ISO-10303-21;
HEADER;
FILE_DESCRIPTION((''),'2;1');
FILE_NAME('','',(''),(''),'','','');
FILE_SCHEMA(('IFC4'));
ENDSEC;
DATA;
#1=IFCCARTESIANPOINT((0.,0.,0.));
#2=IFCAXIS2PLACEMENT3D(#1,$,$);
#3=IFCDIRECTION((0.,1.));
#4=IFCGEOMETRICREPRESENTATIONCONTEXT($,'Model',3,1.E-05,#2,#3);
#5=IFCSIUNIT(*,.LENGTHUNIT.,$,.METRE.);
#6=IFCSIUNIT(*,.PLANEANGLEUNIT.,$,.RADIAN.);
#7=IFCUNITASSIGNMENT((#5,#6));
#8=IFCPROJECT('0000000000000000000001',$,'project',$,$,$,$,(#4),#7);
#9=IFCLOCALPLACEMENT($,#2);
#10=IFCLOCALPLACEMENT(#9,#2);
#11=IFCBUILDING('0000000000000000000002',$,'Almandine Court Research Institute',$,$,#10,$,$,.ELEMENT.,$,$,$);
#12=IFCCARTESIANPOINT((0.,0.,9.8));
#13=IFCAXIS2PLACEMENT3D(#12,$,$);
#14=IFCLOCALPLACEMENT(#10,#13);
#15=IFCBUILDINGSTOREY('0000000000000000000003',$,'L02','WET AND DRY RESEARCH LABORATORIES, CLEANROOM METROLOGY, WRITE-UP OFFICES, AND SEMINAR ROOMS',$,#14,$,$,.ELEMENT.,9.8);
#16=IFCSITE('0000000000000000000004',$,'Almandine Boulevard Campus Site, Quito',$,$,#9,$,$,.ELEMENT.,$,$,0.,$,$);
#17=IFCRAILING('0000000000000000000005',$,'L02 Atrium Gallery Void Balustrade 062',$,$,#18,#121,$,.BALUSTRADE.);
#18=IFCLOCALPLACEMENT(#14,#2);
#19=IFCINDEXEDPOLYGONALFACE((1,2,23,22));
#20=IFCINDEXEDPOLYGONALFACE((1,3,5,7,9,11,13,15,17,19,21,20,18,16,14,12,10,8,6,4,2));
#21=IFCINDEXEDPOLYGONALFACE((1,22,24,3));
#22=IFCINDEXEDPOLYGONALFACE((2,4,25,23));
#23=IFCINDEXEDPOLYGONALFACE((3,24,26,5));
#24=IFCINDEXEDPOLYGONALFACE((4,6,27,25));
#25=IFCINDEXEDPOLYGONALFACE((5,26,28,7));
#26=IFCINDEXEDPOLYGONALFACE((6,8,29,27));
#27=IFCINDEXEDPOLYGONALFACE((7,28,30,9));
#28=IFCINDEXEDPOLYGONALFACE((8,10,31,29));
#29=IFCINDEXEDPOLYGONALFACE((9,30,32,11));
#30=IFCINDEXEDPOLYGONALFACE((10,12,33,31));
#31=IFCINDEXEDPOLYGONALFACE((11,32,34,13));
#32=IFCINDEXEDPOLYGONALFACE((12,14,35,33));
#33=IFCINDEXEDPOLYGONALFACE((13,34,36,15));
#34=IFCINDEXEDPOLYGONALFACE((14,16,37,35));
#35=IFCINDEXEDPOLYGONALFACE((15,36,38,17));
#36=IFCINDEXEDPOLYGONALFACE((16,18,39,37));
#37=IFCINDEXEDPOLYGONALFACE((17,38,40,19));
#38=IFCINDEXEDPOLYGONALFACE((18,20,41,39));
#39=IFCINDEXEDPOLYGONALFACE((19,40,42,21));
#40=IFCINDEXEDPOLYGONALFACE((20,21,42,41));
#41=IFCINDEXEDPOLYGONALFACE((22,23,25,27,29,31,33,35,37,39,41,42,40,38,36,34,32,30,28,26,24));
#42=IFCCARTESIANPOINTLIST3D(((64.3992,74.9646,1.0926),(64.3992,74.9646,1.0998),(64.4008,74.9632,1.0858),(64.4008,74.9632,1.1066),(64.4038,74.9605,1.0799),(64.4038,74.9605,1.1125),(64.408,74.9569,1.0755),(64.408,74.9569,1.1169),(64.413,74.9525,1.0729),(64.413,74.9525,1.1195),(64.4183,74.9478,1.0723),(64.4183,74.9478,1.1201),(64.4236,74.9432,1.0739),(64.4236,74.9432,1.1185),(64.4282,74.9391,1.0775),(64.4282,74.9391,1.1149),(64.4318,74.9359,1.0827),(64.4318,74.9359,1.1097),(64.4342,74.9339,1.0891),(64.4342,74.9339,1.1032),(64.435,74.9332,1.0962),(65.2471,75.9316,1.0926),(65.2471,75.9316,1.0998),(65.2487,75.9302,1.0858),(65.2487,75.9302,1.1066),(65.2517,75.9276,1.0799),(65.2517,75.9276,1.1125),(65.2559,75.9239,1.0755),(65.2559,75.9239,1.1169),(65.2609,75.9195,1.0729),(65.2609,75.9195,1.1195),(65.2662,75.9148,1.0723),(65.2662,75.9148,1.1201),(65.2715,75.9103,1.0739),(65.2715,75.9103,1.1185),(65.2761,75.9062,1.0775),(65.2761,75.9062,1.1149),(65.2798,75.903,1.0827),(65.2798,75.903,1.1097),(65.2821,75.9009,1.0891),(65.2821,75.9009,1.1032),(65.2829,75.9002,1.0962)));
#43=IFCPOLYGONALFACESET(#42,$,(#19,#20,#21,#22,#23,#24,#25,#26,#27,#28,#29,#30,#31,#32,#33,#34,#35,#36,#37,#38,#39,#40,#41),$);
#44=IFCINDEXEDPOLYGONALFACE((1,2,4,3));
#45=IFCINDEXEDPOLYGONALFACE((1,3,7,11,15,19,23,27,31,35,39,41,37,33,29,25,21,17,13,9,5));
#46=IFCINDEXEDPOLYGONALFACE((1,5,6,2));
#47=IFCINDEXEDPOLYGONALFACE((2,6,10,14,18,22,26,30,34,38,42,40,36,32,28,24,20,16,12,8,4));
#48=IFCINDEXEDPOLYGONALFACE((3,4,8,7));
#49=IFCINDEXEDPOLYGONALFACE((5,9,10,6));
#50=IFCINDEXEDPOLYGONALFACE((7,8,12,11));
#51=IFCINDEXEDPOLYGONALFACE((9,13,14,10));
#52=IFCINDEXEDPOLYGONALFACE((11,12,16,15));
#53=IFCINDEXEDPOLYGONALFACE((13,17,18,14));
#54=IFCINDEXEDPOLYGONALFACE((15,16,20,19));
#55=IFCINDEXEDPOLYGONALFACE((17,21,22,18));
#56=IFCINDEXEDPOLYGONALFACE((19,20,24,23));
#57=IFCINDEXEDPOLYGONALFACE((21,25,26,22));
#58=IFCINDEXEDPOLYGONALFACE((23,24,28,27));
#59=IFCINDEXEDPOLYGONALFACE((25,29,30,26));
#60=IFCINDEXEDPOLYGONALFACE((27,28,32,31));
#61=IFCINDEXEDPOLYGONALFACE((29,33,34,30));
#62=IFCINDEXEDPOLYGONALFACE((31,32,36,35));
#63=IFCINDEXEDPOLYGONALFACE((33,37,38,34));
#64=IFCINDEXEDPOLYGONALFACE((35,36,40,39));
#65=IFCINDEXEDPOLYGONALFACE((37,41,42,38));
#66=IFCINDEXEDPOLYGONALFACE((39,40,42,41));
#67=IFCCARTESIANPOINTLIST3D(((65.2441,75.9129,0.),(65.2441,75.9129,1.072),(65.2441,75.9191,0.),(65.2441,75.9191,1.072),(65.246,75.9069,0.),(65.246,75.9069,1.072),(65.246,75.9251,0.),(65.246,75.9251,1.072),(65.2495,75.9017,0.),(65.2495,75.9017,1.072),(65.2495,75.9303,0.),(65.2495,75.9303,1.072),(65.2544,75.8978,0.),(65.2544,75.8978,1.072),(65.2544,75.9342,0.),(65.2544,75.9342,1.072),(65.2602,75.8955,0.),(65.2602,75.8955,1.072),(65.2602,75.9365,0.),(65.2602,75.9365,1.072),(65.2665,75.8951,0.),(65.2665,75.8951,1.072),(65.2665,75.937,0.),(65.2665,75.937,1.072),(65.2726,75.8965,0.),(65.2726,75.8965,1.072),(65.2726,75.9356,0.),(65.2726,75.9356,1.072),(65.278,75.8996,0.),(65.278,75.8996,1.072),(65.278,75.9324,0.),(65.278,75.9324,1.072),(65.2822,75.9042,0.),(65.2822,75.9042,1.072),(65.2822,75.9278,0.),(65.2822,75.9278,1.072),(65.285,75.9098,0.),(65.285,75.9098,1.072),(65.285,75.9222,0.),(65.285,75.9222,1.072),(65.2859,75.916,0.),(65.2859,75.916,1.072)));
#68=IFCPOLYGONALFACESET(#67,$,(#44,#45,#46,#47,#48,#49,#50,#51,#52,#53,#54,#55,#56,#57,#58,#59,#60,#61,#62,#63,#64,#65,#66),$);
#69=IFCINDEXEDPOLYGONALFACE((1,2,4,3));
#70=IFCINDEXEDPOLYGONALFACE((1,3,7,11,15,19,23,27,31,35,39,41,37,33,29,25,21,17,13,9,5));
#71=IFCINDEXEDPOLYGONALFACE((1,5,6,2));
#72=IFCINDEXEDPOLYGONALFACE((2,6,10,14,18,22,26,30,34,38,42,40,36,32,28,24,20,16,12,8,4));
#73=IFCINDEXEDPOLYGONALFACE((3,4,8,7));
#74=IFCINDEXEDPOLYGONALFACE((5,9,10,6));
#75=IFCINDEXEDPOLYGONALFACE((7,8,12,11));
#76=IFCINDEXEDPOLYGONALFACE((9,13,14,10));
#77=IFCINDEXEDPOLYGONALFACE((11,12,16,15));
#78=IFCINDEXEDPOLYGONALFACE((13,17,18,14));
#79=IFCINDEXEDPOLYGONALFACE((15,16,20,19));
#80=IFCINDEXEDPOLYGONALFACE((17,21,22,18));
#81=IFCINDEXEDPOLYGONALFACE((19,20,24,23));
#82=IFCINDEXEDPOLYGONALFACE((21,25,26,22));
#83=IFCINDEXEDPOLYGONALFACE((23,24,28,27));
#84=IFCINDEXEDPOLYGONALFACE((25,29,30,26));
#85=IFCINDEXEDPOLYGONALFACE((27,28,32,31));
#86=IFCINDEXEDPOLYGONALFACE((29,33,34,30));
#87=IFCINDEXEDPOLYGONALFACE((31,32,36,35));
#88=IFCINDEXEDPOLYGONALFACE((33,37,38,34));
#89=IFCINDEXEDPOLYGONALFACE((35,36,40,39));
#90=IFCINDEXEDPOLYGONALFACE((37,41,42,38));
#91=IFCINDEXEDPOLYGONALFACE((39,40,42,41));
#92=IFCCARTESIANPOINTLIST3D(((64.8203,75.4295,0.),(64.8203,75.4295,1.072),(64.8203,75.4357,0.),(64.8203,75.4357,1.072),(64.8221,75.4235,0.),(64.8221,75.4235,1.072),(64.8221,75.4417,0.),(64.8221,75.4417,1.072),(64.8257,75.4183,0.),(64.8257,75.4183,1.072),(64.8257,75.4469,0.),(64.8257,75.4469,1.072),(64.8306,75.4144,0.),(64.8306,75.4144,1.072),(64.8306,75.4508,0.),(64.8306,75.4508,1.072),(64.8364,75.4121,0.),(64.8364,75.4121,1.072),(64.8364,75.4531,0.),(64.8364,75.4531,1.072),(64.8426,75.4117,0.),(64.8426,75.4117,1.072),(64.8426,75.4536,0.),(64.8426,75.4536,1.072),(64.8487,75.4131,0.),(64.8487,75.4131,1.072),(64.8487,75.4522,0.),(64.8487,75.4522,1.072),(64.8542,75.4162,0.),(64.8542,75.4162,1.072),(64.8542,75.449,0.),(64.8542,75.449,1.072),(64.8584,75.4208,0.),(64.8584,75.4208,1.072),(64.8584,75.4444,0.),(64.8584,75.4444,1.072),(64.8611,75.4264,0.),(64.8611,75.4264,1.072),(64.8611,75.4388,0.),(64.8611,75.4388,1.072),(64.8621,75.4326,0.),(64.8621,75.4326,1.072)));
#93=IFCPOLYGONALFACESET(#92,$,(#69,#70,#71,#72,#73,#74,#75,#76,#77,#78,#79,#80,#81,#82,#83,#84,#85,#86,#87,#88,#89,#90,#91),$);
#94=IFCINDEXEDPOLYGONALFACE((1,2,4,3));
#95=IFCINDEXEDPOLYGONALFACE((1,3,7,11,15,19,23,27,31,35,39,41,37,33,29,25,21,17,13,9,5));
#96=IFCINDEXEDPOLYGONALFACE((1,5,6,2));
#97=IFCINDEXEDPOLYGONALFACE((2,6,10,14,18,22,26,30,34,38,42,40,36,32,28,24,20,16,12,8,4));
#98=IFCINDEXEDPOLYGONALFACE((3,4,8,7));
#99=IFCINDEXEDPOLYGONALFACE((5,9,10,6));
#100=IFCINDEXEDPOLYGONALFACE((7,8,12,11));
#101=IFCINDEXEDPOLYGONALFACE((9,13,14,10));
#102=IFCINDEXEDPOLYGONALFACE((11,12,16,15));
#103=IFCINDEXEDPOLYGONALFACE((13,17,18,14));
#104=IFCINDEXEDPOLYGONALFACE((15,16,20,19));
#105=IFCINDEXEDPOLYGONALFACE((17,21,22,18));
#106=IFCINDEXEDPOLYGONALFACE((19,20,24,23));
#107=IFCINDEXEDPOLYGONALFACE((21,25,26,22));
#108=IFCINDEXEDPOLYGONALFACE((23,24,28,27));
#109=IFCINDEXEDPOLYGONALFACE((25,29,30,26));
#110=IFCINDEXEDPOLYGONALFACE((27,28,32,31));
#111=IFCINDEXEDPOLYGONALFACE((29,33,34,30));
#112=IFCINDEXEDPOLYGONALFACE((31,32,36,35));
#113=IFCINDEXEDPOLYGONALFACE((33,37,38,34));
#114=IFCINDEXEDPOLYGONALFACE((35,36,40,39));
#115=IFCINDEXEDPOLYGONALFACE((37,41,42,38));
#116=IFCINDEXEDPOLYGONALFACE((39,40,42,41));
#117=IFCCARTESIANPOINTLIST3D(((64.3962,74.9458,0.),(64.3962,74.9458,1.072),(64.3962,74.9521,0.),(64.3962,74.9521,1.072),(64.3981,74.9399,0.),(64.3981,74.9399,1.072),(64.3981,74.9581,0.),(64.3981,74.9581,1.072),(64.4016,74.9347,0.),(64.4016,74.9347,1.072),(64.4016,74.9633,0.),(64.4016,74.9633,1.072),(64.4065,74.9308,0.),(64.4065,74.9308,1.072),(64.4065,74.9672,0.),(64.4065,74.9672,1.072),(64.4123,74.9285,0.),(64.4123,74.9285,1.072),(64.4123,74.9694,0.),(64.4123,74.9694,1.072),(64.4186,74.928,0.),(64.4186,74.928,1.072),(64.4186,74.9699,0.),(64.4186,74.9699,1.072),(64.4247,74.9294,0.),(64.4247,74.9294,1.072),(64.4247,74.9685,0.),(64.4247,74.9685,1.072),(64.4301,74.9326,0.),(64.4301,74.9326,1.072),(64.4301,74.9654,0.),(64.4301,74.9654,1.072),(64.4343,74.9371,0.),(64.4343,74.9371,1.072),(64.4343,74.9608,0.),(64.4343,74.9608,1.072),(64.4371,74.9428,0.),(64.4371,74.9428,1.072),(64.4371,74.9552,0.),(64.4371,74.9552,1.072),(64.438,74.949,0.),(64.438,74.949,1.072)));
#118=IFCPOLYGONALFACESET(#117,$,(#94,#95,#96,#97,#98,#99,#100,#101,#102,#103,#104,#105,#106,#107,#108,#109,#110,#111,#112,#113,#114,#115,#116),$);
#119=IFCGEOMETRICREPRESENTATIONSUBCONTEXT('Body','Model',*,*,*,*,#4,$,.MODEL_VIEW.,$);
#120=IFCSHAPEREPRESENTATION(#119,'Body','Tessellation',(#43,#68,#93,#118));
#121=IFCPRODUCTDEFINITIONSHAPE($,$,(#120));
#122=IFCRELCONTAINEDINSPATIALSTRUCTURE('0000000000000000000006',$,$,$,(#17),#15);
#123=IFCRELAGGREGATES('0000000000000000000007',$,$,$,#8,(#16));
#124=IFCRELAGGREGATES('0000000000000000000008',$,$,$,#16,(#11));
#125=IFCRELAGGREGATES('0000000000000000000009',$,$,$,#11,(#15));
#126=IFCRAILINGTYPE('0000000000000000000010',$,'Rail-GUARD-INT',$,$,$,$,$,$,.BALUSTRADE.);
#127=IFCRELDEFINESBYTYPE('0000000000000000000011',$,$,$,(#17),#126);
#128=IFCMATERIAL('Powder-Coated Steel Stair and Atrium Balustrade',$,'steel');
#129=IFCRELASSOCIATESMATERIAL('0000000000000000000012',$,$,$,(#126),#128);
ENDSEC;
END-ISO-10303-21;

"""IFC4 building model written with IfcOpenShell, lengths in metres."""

from ifc_helpers import new_model, si_unit, direction, frame, origin, origin_2d, place, context, subcontext, project, spatial, circle, extrude, material, type_object, element, save


model = new_model("IFC4")

# Units and contexts
model_context = context("Model", 3, precision=1e-05, world=origin(), true_north=direction((0.0, 1.0)))
body_context = subcontext(model_context, "Body", "Model", "MODEL_VIEW")
ifc_project = project(units=[si_unit("LENGTHUNIT", "METRE"), si_unit("PLANEANGLEUNIT", "RADIAN")], contexts=[model_context])

# Site, building, storey
site_placement = place(None, origin())
site = spatial("IfcSite", under=ifc_project, at=site_placement, Name="Almandine Boulevard Campus Site, Quito", CompositionType="ELEMENT", RefElevation=0.0)
building_placement = place(site_placement, origin())
building = spatial("IfcBuilding", under=site, at=building_placement, Name="Almandine Court Research Institute", CompositionType="ELEMENT")
storey_placement = place(building_placement, frame((0.0, 0.0, 9.8)))
storey = spatial("IfcBuildingStorey", under=building, at=storey_placement, Name="L02", Description="WET AND DRY RESEARCH LABORATORIES, CLEANROOM METROLOGY, WRITE-UP OFFICES, AND SEMINAR ROOMS", CompositionType="ELEMENT", Elevation=9.8)

# Railing
ifc_material_1 = material(Name="Powder-Coated Steel Stair and Atrium Balustrade", Category="steel")
railing_type = type_object("IfcRailingType", Name="Rail-GUARD-INT", PredefinedType="BALUSTRADE", material=ifc_material_1)
railing_1_placement = place(storey_placement, frame((65.2649, 75.916, 0.0)))
element("IfcRailing", 1, at=railing_1_placement, inside=storey, type_object=railing_type, Name="L02 Atrium Gallery Void Balustrade 062", PredefinedType="BALUSTRADE", context=body_context, shape_type="SweptSolid", body=[
    extrude(circle(Radius=0.0239, at=origin_2d()), frame((0.0, 0.0, 1.0962), z_axis=(-0.65927, -0.751906, 0.0), x_axis=(0.751906, -0.65927, 0.0)), (0.0, 0.0, 1.0), 1.2861),
    extrude(circle(Radius=0.021, at=origin_2d()), origin(), (0.0, 0.0, 1.0), 1.072),
    extrude(circle(Radius=0.021, at=origin_2d()), frame((-0.4238, -0.4834, 0.0)), (0.0, 0.0, 1.0), 1.072),
    extrude(circle(Radius=0.021, at=origin_2d()), frame((-0.8479, -0.967, 0.0)), (0.0, 0.0, 1.0), 1.072),
])

save(model, "model.ifc")
